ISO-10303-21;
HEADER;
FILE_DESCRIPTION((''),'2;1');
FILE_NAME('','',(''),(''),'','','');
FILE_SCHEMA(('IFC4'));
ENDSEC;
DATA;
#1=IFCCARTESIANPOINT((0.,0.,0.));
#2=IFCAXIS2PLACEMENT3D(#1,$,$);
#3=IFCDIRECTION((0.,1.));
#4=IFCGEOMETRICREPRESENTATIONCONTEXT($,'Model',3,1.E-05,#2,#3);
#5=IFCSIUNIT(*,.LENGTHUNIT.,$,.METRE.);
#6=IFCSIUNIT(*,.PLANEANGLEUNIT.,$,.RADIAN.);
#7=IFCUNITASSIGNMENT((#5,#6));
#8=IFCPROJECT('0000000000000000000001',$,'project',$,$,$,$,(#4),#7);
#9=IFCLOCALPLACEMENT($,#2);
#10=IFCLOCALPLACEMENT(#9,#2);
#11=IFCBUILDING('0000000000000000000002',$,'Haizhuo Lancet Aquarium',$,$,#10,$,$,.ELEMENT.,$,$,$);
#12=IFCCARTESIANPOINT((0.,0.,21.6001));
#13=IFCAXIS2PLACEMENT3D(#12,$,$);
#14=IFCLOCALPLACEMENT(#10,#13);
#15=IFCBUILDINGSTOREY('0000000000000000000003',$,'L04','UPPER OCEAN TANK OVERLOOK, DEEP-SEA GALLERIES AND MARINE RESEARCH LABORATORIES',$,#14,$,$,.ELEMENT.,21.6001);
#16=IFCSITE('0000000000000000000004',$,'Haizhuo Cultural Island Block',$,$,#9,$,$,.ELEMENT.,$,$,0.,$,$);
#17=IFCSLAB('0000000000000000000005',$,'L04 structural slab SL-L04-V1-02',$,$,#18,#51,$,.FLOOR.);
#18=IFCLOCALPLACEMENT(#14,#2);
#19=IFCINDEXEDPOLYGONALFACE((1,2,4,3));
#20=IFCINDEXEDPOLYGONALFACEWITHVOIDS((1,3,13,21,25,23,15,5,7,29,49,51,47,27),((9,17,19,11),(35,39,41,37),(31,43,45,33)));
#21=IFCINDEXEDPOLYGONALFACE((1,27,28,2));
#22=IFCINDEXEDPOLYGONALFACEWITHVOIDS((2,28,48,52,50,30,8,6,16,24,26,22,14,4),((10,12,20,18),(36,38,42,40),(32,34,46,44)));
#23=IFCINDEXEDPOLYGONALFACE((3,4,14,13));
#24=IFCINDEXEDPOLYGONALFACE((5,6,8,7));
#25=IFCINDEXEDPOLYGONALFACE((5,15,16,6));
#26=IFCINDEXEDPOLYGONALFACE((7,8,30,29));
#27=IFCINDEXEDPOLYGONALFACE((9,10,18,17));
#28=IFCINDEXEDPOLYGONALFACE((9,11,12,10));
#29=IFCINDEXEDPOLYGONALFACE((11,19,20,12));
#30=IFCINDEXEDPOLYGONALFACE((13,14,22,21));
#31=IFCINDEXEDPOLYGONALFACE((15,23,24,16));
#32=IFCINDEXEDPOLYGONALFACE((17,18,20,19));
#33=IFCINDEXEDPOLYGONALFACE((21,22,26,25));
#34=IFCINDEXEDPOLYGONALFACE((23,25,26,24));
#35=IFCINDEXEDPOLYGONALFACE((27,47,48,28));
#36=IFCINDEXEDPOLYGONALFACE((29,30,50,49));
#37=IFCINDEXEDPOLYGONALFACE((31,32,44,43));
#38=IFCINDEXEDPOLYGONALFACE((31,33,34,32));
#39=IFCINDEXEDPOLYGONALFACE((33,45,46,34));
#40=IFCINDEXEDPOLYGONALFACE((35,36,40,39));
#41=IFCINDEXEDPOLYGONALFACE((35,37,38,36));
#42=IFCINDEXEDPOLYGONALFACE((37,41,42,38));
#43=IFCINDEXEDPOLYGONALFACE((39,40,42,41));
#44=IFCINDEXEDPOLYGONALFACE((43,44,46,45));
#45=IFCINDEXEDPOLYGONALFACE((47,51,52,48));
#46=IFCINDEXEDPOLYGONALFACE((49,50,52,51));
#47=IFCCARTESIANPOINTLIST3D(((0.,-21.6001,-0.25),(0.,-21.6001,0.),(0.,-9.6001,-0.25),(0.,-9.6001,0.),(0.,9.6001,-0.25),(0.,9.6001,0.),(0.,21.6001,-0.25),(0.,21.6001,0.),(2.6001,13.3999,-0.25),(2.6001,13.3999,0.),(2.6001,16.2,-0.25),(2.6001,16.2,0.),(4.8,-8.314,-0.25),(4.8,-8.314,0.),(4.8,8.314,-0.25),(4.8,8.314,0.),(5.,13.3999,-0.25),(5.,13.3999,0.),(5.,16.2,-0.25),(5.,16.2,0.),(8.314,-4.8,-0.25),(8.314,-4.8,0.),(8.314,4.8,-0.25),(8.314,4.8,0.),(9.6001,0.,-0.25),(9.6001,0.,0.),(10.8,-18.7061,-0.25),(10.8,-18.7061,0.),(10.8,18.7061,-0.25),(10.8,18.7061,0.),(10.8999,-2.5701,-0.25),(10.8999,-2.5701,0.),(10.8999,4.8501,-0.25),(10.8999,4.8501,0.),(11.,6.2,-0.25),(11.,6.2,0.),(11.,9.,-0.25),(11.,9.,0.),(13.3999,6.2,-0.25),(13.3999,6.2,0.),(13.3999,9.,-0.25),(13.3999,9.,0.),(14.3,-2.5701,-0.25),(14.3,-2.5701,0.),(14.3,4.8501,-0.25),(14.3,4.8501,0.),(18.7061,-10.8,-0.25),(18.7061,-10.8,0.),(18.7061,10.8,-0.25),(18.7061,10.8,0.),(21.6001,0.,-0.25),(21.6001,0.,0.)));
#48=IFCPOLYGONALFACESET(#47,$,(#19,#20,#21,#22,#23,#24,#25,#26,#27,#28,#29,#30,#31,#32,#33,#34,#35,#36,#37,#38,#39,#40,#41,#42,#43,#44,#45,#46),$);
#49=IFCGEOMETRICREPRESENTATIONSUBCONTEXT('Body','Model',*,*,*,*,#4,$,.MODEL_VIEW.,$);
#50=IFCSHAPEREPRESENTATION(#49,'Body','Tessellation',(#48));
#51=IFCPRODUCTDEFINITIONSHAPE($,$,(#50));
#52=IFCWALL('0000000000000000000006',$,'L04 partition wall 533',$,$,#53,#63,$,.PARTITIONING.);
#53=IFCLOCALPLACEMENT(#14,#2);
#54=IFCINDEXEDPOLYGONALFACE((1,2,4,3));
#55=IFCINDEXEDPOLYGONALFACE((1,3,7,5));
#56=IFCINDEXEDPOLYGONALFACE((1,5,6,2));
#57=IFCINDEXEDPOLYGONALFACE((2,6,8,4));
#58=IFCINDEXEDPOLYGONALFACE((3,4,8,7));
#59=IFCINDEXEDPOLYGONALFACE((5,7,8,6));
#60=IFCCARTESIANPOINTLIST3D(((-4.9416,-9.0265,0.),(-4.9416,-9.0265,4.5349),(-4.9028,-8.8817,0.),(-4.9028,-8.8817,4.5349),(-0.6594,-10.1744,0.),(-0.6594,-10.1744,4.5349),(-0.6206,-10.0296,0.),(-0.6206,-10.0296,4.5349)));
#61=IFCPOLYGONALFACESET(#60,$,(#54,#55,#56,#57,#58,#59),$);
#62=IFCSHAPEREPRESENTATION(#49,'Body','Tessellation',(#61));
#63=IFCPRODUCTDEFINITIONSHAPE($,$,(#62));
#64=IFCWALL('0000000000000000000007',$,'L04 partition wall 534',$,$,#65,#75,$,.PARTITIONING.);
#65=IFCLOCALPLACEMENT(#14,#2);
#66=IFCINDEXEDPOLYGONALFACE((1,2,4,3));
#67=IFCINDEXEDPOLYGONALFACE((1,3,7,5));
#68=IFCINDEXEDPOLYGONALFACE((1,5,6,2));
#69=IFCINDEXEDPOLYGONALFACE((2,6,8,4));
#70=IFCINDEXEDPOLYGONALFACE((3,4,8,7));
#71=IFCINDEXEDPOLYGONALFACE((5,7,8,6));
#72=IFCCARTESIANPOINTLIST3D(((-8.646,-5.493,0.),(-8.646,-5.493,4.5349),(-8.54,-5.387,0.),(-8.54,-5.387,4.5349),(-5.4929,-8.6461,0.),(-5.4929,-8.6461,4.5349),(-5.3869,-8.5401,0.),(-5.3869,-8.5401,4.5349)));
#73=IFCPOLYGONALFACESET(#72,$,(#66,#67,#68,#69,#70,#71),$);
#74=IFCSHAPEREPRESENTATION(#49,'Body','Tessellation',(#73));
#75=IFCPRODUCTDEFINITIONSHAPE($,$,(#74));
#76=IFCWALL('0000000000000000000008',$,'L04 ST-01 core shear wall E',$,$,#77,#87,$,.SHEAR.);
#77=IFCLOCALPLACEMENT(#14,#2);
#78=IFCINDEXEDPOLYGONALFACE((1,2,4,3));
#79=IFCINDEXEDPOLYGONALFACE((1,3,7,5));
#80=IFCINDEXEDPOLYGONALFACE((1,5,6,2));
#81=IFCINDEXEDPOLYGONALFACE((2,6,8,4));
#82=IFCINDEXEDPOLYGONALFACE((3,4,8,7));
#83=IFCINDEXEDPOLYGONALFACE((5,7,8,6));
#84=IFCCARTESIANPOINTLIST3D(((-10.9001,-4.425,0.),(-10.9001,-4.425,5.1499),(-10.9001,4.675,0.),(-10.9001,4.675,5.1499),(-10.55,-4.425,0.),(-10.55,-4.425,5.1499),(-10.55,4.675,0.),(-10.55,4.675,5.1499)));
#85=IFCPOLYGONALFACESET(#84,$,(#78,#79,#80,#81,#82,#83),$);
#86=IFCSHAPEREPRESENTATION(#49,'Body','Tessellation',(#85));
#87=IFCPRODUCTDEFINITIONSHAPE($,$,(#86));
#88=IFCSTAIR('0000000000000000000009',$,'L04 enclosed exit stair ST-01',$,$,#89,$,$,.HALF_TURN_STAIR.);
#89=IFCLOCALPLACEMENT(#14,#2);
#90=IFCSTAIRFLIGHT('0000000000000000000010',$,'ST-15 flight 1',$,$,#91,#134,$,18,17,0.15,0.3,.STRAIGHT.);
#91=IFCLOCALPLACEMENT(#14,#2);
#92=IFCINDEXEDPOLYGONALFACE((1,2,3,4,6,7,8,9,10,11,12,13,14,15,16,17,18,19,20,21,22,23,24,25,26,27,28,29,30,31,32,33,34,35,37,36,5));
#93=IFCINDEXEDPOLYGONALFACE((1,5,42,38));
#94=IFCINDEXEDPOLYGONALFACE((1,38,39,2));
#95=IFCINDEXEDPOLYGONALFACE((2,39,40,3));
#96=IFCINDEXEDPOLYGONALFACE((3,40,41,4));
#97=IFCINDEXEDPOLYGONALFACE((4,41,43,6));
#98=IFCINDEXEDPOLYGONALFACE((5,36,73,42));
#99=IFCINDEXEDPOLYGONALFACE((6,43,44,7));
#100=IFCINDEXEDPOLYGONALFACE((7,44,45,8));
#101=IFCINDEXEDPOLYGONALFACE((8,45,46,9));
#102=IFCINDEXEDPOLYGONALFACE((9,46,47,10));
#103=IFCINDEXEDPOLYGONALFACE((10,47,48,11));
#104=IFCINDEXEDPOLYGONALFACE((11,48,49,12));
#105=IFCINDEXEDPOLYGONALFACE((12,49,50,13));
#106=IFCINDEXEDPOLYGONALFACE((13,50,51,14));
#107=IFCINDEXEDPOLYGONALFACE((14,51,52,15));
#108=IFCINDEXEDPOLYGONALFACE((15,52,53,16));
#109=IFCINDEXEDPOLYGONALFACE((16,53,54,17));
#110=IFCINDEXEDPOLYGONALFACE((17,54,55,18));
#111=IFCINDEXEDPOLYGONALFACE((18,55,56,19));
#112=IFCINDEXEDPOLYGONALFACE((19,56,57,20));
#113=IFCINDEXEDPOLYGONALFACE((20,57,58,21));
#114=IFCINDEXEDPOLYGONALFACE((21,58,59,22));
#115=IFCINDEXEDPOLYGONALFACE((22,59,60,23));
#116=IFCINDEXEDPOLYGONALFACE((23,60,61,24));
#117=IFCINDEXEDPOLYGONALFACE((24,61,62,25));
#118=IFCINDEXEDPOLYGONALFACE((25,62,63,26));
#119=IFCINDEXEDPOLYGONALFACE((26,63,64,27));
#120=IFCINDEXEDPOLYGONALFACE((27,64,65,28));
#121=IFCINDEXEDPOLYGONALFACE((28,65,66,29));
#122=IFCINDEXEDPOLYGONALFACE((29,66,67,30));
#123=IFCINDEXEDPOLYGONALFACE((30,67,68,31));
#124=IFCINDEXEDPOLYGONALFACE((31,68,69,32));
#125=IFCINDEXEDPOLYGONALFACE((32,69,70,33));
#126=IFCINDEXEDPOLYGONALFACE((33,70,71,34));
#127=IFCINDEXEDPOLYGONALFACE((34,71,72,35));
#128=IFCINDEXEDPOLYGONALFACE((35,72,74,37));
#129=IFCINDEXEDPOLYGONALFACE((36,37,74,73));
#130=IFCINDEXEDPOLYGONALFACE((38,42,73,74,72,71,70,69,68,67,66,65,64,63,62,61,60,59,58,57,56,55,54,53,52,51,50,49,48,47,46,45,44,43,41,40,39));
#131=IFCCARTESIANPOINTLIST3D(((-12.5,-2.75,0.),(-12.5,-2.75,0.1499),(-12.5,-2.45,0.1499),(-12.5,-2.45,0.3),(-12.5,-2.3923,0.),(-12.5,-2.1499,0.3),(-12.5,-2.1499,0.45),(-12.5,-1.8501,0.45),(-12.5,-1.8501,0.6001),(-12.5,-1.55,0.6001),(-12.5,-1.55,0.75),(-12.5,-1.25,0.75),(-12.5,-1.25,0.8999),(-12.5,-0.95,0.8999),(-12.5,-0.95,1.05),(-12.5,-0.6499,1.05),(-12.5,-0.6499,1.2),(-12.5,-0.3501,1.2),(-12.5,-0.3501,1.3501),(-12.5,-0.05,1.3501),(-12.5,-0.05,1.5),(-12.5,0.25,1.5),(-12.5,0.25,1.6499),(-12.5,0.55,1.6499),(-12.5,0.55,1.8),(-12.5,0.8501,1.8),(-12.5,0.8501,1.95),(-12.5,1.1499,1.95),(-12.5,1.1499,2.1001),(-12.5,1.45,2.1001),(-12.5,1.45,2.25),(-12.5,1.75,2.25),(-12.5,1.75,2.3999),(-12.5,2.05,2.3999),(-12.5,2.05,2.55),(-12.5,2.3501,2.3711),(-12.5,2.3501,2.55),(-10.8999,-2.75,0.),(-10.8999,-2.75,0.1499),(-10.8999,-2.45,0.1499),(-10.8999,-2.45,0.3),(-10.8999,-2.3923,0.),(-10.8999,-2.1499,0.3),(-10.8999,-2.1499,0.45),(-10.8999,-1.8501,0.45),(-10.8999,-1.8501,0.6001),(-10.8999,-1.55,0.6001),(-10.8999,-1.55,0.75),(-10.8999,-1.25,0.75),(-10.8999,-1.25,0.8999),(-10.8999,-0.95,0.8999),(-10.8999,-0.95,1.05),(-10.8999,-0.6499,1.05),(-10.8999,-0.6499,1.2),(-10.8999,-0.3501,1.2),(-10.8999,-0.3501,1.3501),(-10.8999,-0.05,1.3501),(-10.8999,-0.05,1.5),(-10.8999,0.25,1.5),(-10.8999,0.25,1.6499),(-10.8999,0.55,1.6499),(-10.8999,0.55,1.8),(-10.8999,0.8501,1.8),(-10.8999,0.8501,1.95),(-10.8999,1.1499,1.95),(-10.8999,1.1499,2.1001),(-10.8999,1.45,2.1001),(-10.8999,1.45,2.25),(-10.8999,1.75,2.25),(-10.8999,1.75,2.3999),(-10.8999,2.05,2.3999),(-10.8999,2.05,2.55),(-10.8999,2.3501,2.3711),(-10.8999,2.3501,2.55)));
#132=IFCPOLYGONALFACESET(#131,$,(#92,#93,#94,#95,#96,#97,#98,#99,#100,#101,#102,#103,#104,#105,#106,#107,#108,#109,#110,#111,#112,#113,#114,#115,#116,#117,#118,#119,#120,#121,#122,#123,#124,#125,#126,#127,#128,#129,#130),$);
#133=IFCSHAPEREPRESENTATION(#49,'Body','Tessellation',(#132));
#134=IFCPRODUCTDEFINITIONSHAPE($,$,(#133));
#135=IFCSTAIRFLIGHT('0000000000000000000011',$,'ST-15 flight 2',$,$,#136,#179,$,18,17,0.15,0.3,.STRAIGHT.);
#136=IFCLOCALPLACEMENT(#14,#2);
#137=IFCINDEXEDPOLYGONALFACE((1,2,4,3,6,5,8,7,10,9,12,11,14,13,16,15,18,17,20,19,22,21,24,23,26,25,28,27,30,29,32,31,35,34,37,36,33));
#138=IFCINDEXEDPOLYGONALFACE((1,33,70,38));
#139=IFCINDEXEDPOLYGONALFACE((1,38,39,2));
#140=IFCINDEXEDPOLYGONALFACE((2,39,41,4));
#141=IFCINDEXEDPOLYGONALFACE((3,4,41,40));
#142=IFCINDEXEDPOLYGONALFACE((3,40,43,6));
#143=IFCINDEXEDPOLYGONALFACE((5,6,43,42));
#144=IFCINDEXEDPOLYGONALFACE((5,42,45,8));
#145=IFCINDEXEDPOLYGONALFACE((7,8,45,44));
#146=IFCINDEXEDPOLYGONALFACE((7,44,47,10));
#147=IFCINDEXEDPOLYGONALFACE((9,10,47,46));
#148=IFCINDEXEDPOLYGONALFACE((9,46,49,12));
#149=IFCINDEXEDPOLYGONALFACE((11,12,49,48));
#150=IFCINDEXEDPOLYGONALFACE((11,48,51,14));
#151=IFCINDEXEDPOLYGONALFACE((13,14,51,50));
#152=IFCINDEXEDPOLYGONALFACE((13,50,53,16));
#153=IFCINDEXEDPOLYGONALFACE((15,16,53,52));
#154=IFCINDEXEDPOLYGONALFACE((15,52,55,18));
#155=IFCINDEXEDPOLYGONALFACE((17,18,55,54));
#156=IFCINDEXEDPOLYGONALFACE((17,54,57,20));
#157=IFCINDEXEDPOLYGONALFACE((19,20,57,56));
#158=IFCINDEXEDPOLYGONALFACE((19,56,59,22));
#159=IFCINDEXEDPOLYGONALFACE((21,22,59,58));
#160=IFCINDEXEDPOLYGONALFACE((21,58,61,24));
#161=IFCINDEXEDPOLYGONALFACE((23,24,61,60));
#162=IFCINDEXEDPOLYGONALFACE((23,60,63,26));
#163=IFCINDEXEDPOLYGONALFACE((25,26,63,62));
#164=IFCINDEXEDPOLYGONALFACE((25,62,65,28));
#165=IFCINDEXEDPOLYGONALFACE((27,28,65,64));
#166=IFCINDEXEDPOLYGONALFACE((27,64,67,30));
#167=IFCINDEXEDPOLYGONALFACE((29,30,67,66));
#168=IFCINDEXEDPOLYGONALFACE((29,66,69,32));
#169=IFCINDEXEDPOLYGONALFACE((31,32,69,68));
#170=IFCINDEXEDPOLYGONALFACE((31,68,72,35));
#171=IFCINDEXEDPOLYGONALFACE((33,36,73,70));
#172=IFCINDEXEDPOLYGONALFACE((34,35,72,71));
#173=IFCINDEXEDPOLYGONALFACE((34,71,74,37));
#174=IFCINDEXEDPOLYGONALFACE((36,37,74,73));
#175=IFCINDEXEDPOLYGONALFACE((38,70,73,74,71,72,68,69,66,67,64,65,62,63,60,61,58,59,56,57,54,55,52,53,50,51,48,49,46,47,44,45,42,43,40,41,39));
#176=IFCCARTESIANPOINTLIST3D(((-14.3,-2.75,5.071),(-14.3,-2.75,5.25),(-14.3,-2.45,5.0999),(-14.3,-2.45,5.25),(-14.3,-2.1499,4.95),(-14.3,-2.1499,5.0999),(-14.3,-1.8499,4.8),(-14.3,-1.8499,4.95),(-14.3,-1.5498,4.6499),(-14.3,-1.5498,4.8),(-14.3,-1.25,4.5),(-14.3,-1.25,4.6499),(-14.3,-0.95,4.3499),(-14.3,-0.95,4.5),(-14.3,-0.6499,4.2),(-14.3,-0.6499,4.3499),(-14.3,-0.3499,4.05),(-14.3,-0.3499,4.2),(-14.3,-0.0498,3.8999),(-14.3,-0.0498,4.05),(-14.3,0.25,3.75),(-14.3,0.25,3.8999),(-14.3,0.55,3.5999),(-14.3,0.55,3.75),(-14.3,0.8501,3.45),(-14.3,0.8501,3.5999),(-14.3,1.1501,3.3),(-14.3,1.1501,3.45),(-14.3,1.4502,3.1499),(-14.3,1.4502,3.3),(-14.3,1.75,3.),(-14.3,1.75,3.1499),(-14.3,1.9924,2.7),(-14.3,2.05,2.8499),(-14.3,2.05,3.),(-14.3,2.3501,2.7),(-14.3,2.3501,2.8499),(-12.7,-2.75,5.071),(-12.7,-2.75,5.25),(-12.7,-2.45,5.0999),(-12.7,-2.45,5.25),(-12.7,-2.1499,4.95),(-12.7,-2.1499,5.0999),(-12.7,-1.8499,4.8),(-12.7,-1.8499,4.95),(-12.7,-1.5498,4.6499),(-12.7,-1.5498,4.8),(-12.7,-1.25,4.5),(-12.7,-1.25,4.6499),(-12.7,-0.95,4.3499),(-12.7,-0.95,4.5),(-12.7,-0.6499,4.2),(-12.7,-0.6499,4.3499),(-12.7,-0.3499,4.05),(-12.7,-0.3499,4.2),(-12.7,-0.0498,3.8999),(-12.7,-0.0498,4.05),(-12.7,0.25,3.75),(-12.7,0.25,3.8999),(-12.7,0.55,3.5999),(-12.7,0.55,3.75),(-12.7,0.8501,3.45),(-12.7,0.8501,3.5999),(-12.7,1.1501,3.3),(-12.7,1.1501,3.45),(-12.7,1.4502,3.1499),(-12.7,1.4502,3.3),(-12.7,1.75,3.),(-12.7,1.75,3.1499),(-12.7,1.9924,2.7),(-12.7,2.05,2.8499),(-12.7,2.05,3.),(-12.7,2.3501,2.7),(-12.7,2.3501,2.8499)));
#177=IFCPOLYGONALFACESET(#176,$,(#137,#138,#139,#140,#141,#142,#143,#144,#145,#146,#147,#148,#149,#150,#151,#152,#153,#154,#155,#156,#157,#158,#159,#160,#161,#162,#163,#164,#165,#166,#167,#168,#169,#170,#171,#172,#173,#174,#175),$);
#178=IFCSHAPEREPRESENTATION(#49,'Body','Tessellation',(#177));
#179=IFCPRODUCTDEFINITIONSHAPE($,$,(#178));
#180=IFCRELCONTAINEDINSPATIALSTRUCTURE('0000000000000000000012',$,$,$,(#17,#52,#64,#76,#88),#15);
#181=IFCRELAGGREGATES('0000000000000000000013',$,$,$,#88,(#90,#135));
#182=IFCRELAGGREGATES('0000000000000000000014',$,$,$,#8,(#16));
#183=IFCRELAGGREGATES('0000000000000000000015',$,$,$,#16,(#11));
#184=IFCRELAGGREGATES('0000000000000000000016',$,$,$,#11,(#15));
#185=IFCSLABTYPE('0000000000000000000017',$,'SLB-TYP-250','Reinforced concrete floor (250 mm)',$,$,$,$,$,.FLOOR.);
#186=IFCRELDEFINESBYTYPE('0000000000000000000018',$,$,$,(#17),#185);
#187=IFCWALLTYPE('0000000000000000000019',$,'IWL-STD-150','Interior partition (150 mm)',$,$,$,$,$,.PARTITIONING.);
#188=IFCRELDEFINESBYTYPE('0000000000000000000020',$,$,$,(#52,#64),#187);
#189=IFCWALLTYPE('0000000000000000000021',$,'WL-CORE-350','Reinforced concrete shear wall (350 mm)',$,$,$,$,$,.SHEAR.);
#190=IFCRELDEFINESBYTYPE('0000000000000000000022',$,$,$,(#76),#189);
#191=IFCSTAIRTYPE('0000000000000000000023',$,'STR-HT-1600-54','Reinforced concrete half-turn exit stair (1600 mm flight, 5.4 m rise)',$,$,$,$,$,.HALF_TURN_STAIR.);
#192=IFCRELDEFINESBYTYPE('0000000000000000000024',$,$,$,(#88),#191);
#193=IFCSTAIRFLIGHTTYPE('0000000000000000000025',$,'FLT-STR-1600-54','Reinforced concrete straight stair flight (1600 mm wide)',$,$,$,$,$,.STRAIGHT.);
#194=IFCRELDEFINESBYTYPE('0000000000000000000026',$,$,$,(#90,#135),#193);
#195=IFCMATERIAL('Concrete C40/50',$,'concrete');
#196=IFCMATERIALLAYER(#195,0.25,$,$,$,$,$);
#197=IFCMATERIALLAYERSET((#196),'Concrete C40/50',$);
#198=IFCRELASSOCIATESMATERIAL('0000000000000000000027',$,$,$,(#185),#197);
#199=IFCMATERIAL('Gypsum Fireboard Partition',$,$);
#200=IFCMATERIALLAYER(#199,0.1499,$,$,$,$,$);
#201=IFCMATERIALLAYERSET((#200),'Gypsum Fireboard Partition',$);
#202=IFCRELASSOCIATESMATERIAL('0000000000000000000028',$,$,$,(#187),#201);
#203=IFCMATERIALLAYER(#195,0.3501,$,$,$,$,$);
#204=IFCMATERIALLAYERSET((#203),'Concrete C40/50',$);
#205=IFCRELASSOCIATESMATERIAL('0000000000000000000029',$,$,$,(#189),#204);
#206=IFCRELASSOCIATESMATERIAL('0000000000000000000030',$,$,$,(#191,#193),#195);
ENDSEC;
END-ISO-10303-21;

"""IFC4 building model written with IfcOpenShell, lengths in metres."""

from ifc_helpers import new_model, si_unit, direction, frame, frame_2d, origin, place, context, subcontext, project, spatial, polyline, rectangle, outline, extrude, material, layer, layer_set, type_object, element, aggregate, save


model = new_model("IFC4")

# Units and contexts
model_context = context("Model", 3, precision=1e-05, world=origin(), true_north=direction((0.0, 1.0)))
body_context = subcontext(model_context, "Body", "Model", "MODEL_VIEW")
ifc_project = project(units=[si_unit("LENGTHUNIT", "METRE"), si_unit("PLANEANGLEUNIT", "RADIAN")], contexts=[model_context])

# Site, building, storey
site_placement = place(None, origin())
site = spatial("IfcSite", under=ifc_project, at=site_placement, Name="Haizhuo Cultural Island Block", CompositionType="ELEMENT", RefElevation=0.0)
building_placement = place(site_placement, origin())
building = spatial("IfcBuilding", under=site, at=building_placement, Name="Haizhuo Lancet Aquarium", CompositionType="ELEMENT")
storey_placement = place(building_placement, frame((0.0, 0.0, 21.6001)))
storey = spatial("IfcBuildingStorey", under=building, at=storey_placement, Name="L04", Description="UPPER OCEAN TANK OVERLOOK, DEEP-SEA GALLERIES AND MARINE RESEARCH LABORATORIES", CompositionType="ELEMENT", Elevation=21.6001)

# Shared definitions
ifc_material_1 = material(Name="Concrete C40/50", Category="concrete")

# Slab
ifc_layer_1 = layer(ifc_material_1, 0.25)
ifc_layer_set_1 = layer_set([ifc_layer_1], Name="Concrete C40/50")
slab_type = type_object("IfcSlabType", Name="SLB-TYP-250", Description="Reinforced concrete floor (250 mm)", PredefinedType="FLOOR", material=ifc_layer_set_1)
slab_1_placement = place(storey_placement, frame((0.0, 0.0, -0.25)))
element("IfcSlab", 1, at=slab_1_placement, inside=storey, type_object=slab_type, Name="L04 structural slab SL-L04-V1-02", PredefinedType="FLOOR", context=body_context, shape_type="SweptSolid", body=[
    extrude(outline(polyline([(10.8, 18.7061), (0.0, 21.6001), (0.0, 9.6001), (4.8, 8.314), (8.314, 4.8), (9.6001, 0.0), (8.314, -4.8), (4.8, -8.314), (0.0, -9.6001), (0.0, -21.6001), (10.8, -18.7061), (18.7061, -10.8), (21.6001, 0.0), (18.7061, 10.8), (10.8, 18.7061)]), holes=[polyline([(14.3, 4.8501), (10.8999, 4.8501), (10.8999, -2.5701), (14.3, -2.5701), (14.3, 4.8501)]), polyline([(5.0, 16.2), (2.6001, 16.2), (2.6001, 13.3999), (5.0, 13.3999), (5.0, 16.2)]), polyline([(11.0, 9.0), (11.0, 6.2), (13.3999, 6.2), (13.3999, 9.0), (11.0, 9.0)])]), origin(), (0.0, 0.0, 1.0), 0.25),
])

# Walls
ifc_material_2 = material(Name="Gypsum Fireboard Partition")
ifc_layer_2 = layer(ifc_material_2, 0.1499)
ifc_layer_set_2 = layer_set([ifc_layer_2], Name="Gypsum Fireboard Partition")
wall_type_1 = type_object("IfcWallType", Name="IWL-STD-150", Description="Interior partition (150 mm)", PredefinedType="PARTITIONING", material=ifc_layer_set_2)
wall_1_placement = place(storey_placement, frame((-0.6399, -10.1021, 0.0), z_axis=(0.0, 0.0, 1.0), x_axis=(-0.965896, 0.258931, 0.0)))
element("IfcWall", 2, at=wall_1_placement, inside=storey, type_object=wall_type_1, Name="L04 partition wall 533", PredefinedType="PARTITIONING", context=body_context, shape_type="SweptSolid", body=[
    extrude(rectangle(XDim=4.4333, YDim=0.1499, at=frame_2d((2.2168, 0.0))), origin(), (0.0, 0.0, 1.0), 4.5349),
])
wall_2_placement = place(storey_placement, frame((-5.4399, -8.593, 0.0), z_axis=(0.0, 0.0, 1.0), x_axis=(-0.707107, 0.707107, 0.0)))
element("IfcWall", 3, at=wall_2_placement, inside=storey, type_object=wall_type_1, Name="L04 partition wall 534", PredefinedType="PARTITIONING", context=body_context, shape_type="SweptSolid", body=[
    extrude(rectangle(XDim=4.4592, YDim=0.1499, at=frame_2d((2.2295, 0.0))), origin(), (0.0, 0.0, 1.0), 4.5349),
])
ifc_layer_3 = layer(ifc_material_1, 0.3501)
ifc_layer_set_3 = layer_set([ifc_layer_3], Name="Concrete C40/50")
wall_type_2 = type_object("IfcWallType", Name="WL-CORE-350", Description="Reinforced concrete shear wall (350 mm)", PredefinedType="SHEAR", material=ifc_layer_set_3)
wall_3_placement = place(storey_placement, frame((-10.7251, -4.425, 0.0), z_axis=(0.0, 0.0, 1.0), x_axis=(0.0, 1.0, 0.0)))
element("IfcWall", 4, at=wall_3_placement, inside=storey, type_object=wall_type_2, Name="L04 ST-01 core shear wall E", PredefinedType="SHEAR", context=body_context, shape_type="SweptSolid", body=[
    extrude(rectangle(XDim=9.1001, YDim=0.3501, at=frame_2d((4.55, 0.0))), origin(), (0.0, 0.0, 1.0), 5.1499),
])

# Stair, stair flights
stair_type = type_object("IfcStairType", Name="STR-HT-1600-54", Description="Reinforced concrete half-turn exit stair (1600 mm flight, 5.4 m rise)", PredefinedType="HALF_TURN_STAIR", material=ifc_material_1)
stair_placement = place(storey_placement, origin())
stair = element("IfcStair", 5, at=stair_placement, inside=storey, type_object=stair_type, Name="L04 enclosed exit stair ST-01", PredefinedType="HALF_TURN_STAIR")
stair_flight_type = type_object("IfcStairFlightType", Name="FLT-STR-1600-54", Description="Reinforced concrete straight stair flight (1600 mm wide)", PredefinedType="STRAIGHT", material=ifc_material_1)
stair_flight_1_placement = place(storey_placement, frame((-11.7, -2.75, 0.0), z_axis=(0.0, 0.0, 1.0), x_axis=(0.0, 1.0, 0.0)))
stair_flight_1 = element("IfcStairFlight", 6, at=stair_flight_1_placement, type_object=stair_flight_type, Name="ST-15 flight 1", NumberOfRisers=18, NumberOfTreads=17, PredefinedType="STRAIGHT", RiserHeight=0.15, TreadLength=0.3, context=body_context, shape_type="SweptSolid", body=[
    extrude(outline(polyline([(0.0, 0.0), (0.0, 0.1499), (0.3, 0.1499), (0.3, 0.3), (0.6001, 0.3), (0.6001, 0.45), (0.8999, 0.45), (0.8999, 0.6001), (1.2, 0.6001), (1.2, 0.75), (1.5, 0.75), (1.5, 0.8999), (1.8, 0.8999), (1.8, 1.05), (2.1001, 1.05), (2.1001, 1.2), (2.3999, 1.2), (2.3999, 1.3501), (2.7, 1.3501), (2.7, 1.5), (3.0, 1.5), (3.0, 1.6499), (3.3, 1.6499), (3.3, 1.8), (3.6001, 1.8), (3.6001, 1.95), (3.8999, 1.95), (3.8999, 2.1001), (4.2, 2.1001), (4.2, 2.25), (4.5, 2.25), (4.5, 2.3999), (4.8, 2.3999), (4.8, 2.55), (5.1001, 2.55), (5.1001, 2.7), (5.1001, 2.3711), (0.3577, 0.0), (0.0, 0.0)])), frame((0.0, 0.8, 0.0), z_axis=(0.0, -1.0, 0.0), x_axis=(1.0, 0.0, 0.0)), (0.0, 0.0, 1.0), 1.6001),
])
stair_flight_2_placement = place(storey_placement, frame((-13.5, 2.3501, 2.7), z_axis=(0.0, 0.0, 1.0), x_axis=(0.0, -1.0, 0.0)))
stair_flight_2 = element("IfcStairFlight", 7, at=stair_flight_2_placement, type_object=stair_flight_type, Name="ST-15 flight 2", NumberOfRisers=18, NumberOfTreads=17, PredefinedType="STRAIGHT", RiserHeight=0.15, TreadLength=0.3, context=body_context, shape_type="SweptSolid", body=[
    extrude(outline(polyline([(0.0, 0.0), (0.0, 0.1499), (0.3, 0.1499), (0.3, 0.3), (0.6001, 0.3), (0.6001, 0.45), (0.8999, 0.45), (0.8999, 0.6001), (1.2, 0.6001), (1.2, 0.75), (1.5, 0.75), (1.5, 0.8999), (1.8, 0.8999), (1.8, 1.05), (2.1001, 1.05), (2.1001, 1.2), (2.3999, 1.2), (2.3999, 1.3501), (2.7, 1.3501), (2.7, 1.5), (3.0, 1.5), (3.0, 1.6499), (3.3, 1.6499), (3.3, 1.8), (3.6001, 1.8), (3.6001, 1.95), (3.8999, 1.95), (3.8999, 2.1001), (4.2, 2.1001), (4.2, 2.25), (4.5, 2.25), (4.5, 2.3999), (4.8, 2.3999), (4.8, 2.55), (5.1001, 2.55), (5.1001, 2.7), (5.1001, 2.3711), (0.3577, 0.0), (0.0, 0.0)])), frame((0.0, 0.8, 0.0), z_axis=(0.0, -1.0, 0.0), x_axis=(1.0, 0.0, 0.0)), (0.0, 0.0, 1.0), 1.6001),
])
aggregate(stair, [stair_flight_1, stair_flight_2])

save(model, "model.ifc")
